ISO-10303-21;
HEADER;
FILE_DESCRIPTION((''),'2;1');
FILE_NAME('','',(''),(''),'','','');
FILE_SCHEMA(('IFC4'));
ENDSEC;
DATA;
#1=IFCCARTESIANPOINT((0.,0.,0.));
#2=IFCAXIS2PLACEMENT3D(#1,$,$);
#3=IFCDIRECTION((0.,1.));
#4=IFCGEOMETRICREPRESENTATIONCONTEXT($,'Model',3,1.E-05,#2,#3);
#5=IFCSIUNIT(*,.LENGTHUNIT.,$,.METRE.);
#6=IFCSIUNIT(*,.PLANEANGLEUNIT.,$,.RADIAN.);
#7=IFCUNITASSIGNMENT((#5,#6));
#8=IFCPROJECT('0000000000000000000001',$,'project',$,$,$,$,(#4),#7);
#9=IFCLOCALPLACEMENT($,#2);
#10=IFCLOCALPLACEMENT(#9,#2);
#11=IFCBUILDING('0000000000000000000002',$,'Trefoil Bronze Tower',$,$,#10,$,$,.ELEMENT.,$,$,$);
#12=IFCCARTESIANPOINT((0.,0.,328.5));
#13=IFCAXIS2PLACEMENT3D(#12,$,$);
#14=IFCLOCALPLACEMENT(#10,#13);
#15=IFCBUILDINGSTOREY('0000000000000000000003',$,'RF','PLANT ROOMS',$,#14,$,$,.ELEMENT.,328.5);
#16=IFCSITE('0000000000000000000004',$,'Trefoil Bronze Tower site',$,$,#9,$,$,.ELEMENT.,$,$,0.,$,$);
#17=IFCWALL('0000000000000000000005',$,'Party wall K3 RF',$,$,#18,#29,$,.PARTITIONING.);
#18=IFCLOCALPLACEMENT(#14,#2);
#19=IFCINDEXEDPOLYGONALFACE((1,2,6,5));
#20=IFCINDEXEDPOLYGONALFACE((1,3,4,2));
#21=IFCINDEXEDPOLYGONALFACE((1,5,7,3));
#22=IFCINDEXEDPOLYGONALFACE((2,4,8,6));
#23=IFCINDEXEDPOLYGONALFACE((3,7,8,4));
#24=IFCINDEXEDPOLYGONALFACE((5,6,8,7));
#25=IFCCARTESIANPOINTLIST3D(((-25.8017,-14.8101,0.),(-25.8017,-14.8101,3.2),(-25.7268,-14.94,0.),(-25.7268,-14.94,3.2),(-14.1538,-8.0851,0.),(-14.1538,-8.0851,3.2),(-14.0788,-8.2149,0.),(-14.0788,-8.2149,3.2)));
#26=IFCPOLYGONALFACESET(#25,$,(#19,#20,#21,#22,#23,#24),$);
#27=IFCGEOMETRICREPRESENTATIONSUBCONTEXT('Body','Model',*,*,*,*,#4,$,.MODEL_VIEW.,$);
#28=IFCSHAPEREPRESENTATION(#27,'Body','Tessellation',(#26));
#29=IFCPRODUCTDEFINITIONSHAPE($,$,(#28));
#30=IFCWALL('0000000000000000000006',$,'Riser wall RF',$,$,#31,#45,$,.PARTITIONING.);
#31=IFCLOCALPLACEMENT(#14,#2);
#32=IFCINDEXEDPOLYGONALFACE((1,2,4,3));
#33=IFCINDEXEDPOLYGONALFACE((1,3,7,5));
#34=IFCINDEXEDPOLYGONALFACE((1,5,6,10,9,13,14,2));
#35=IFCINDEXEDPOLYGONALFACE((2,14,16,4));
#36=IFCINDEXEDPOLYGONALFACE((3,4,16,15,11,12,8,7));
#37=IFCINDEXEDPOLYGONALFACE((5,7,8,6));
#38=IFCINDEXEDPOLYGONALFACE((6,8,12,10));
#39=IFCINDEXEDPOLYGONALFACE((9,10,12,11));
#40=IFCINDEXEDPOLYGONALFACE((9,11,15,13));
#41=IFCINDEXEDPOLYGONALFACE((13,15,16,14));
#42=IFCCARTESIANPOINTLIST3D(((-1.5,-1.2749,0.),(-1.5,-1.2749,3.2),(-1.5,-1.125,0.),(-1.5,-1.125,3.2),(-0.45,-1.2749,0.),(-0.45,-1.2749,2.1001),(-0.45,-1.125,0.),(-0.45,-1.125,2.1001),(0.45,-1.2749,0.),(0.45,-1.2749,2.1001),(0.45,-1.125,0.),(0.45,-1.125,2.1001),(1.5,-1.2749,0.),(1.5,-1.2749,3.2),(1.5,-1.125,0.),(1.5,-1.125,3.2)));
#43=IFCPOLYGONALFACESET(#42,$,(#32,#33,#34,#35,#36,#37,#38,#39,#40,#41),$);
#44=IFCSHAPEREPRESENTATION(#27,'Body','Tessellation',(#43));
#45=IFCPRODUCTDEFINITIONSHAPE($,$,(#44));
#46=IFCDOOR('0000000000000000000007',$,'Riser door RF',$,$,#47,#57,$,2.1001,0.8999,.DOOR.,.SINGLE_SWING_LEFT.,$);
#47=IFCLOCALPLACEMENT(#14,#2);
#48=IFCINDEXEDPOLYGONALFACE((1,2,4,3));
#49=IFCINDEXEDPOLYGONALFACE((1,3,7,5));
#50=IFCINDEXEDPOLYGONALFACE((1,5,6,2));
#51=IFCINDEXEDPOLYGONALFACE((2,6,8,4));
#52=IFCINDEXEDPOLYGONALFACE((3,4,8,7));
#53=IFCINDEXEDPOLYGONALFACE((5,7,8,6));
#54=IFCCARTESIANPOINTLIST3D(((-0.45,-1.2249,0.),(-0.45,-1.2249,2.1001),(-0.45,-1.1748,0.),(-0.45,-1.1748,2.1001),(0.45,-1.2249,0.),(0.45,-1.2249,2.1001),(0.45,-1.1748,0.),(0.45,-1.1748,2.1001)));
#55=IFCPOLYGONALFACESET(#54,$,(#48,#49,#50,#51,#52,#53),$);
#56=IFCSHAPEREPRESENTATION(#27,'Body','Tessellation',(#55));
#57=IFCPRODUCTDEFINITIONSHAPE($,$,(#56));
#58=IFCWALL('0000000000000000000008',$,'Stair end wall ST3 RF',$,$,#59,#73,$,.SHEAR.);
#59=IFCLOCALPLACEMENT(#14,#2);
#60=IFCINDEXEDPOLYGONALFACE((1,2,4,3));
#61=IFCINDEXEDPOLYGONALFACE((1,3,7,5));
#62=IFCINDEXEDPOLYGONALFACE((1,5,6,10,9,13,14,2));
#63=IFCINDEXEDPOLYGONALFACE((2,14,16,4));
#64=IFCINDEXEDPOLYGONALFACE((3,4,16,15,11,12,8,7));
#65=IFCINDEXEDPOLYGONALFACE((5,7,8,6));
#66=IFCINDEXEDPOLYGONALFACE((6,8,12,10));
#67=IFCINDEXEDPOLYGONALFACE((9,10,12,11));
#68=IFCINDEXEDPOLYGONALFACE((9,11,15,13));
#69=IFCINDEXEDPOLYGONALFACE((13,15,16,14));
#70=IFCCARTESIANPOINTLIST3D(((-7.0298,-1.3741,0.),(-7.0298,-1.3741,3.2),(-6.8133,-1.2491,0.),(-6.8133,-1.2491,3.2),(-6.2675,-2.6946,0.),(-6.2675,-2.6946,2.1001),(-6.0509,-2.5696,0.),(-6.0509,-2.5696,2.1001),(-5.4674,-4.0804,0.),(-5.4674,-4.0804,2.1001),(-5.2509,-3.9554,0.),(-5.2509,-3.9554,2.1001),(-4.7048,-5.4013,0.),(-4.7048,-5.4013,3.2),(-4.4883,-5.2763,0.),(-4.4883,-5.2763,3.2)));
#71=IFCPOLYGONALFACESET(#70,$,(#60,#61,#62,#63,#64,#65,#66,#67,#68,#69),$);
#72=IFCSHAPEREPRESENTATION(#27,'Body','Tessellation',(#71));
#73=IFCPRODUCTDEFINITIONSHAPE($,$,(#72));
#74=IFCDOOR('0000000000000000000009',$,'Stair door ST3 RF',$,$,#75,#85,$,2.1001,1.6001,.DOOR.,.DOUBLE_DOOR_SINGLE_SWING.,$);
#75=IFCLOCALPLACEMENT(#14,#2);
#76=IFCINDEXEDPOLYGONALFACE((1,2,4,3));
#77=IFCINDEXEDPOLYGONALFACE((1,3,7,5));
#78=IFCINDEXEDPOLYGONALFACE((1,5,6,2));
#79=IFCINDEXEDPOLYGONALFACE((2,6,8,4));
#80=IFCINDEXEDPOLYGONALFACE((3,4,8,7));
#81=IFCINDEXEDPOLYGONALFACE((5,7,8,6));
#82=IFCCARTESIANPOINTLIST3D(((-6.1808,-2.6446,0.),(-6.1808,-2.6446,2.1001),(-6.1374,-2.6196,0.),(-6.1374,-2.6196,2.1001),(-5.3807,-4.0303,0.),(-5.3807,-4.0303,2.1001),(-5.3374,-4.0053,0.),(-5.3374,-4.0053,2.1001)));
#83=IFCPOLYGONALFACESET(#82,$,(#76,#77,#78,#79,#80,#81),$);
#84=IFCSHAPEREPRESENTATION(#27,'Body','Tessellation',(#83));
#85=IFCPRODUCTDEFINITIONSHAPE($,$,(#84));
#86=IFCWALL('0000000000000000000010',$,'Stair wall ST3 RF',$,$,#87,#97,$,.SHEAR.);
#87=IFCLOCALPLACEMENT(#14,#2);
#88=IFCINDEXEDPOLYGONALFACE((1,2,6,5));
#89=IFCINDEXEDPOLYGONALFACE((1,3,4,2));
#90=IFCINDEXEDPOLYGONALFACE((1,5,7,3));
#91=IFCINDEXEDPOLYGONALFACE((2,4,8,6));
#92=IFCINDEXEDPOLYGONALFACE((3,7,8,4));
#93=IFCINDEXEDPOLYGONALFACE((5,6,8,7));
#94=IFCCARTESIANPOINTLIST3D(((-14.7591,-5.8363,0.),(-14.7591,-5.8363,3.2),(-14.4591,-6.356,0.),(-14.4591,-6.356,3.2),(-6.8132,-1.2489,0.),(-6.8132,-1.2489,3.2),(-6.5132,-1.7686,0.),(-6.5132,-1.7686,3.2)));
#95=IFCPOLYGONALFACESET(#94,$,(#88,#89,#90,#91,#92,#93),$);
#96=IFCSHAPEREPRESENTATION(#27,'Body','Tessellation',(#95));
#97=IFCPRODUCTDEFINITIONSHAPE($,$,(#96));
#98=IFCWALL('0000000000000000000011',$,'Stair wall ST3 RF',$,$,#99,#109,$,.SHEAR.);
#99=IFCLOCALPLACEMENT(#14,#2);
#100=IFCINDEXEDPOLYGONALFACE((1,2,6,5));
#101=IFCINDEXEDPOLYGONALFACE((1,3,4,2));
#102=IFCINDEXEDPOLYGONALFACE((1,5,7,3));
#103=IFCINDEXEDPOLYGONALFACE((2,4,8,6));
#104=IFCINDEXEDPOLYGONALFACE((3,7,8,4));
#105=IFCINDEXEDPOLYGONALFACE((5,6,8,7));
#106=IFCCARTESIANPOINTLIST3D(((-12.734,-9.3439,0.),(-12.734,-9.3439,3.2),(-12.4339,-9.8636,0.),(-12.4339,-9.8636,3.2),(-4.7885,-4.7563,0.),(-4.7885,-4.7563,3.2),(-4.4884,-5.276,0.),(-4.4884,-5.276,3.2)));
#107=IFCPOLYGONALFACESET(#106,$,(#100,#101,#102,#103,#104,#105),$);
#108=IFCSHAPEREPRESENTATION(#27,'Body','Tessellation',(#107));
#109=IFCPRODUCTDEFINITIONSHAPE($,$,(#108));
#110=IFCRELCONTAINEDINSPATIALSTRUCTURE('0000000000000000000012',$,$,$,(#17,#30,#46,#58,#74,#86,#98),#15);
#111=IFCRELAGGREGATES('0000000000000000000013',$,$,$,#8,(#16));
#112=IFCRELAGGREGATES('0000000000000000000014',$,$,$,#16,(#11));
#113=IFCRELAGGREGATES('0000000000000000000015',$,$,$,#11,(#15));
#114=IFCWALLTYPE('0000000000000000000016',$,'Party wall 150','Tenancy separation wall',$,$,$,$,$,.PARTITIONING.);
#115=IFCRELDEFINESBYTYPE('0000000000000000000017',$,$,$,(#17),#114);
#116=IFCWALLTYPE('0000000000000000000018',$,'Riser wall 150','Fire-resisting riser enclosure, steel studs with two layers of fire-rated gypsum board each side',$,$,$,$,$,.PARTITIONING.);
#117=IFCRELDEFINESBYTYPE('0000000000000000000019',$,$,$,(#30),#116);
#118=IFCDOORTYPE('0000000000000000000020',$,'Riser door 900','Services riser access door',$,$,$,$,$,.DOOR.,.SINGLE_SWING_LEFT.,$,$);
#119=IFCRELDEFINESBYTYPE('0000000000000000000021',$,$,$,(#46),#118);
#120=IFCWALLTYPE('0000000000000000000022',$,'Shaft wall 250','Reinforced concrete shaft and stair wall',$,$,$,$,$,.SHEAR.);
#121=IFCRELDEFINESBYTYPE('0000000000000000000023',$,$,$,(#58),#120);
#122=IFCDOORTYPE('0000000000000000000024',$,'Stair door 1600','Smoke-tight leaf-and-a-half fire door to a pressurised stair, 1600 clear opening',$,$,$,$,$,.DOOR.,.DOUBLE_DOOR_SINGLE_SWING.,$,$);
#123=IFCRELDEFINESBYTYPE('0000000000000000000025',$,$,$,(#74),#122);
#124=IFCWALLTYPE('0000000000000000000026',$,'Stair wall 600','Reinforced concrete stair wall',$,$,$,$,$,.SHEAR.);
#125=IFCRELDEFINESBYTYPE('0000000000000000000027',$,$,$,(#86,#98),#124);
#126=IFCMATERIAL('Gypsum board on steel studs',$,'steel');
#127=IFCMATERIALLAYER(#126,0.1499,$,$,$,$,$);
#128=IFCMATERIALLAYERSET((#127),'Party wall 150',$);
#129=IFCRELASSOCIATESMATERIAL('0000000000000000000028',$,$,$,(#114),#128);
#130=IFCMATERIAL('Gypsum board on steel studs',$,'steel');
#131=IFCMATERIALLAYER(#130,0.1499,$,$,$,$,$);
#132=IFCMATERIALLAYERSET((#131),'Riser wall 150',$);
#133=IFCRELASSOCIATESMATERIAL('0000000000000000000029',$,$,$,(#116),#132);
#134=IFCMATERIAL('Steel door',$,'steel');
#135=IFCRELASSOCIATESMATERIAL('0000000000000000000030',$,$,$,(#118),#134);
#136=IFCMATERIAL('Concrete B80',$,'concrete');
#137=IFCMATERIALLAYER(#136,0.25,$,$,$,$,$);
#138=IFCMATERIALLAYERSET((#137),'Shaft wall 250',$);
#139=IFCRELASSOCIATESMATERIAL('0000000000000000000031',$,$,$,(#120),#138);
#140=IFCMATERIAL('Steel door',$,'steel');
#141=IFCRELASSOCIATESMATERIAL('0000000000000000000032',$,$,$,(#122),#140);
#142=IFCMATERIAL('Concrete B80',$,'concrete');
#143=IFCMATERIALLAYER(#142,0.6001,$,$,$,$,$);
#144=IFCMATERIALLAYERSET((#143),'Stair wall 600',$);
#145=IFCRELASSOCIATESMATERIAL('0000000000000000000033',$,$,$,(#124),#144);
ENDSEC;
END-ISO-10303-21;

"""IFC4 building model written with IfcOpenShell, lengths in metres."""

from ifc_helpers import new_model, si_unit, direction, frame, frame_2d, origin, place, context, subcontext, project, spatial, rectangle, extrude, material, layer, layer_set, type_object, element, fill, save


model = new_model("IFC4")

# Units and contexts
model_context = context("Model", 3, precision=1e-05, world=origin(), true_north=direction((0.0, 1.0)))
body_context = subcontext(model_context, "Body", "Model", "MODEL_VIEW")
ifc_project = project(units=[si_unit("LENGTHUNIT", "METRE"), si_unit("PLANEANGLEUNIT", "RADIAN")], contexts=[model_context])

# Site, building, storey
site_placement = place(None, origin())
site = spatial("IfcSite", under=ifc_project, at=site_placement, Name="Trefoil Bronze Tower site", CompositionType="ELEMENT", RefElevation=0.0)
building_placement = place(site_placement, origin())
building = spatial("IfcBuilding", under=site, at=building_placement, Name="Trefoil Bronze Tower", CompositionType="ELEMENT")
storey_placement = place(building_placement, frame((0.0, 0.0, 328.5)))
storey = spatial("IfcBuildingStorey", under=building, at=storey_placement, Name="RF", Description="PLANT ROOMS", CompositionType="ELEMENT", Elevation=328.5)

# Wall
ifc_material_1 = material(Name="Gypsum board on steel studs", Category="steel")
ifc_layer_1 = layer(ifc_material_1, 0.1499)
ifc_layer_set_1 = layer_set([ifc_layer_1], Name="Party wall 150")
wall_type_1 = type_object("IfcWallType", Name="Party wall 150", Description="Tenancy separation wall", PredefinedType="PARTITIONING", material=ifc_layer_set_1)
wall_1_placement = place(storey_placement, frame((-14.1162, -8.1499, 0.0), z_axis=(0.0, 0.0, 1.0), x_axis=(-0.866021, -0.500008, 0.0)))
element("IfcWall", 1, at=wall_1_placement, inside=storey, type_object=wall_type_1, Name="Party wall K3 RF", PredefinedType="PARTITIONING", context=body_context, shape_type="SweptSolid", body=[
    extrude(rectangle(XDim=13.45, YDim=0.1499, at=frame_2d((6.7251, 0.0))), origin(), (0.0, 0.0, 1.0), 3.2),
])

# Walls, openings, doors
ifc_material_2 = material(Name="Gypsum board on steel studs", Category="steel")
ifc_layer_2 = layer(ifc_material_2, 0.1499)
ifc_layer_set_2 = layer_set([ifc_layer_2], Name="Riser wall 150")
wall_type_2 = type_object("IfcWallType", Name="Riser wall 150", Description="Fire-resisting riser enclosure, steel studs with two layers of fire-rated gypsum board each side", PredefinedType="PARTITIONING", material=ifc_layer_set_2)
wall_2_placement = place(storey_placement, frame((-1.5, -1.2, 0.0), z_axis=(0.0, 0.0, 1.0), x_axis=(1.0, 0.0, 0.0)))
wall_2 = element("IfcWall", 2, at=wall_2_placement, inside=storey, type_object=wall_type_2, Name="Riser wall RF", PredefinedType="PARTITIONING", context=body_context, shape_type="SweptSolid", body=[
    extrude(rectangle(XDim=3.0, YDim=0.1499, at=frame_2d((1.5, 0.0))), origin(), (0.0, 0.0, 1.0), 3.2),
])
opening_1_placement = place(wall_2_placement, frame((1.05, 0.0, 0.0)))
opening_1 = element("IfcOpeningElement", 3, at=opening_1_placement, cuts=wall_2, PredefinedType="OPENING", context=body_context, shape_type="SweptSolid", body=[
    extrude(rectangle(XDim=0.8999, YDim=2.1001, at=frame_2d((0.45, 1.05))), frame((0.0, 0.085, 0.0), z_axis=(0.0, -1.0, 0.0), x_axis=(1.0, 0.0, 0.0)), (0.0, 0.0, 1.0), 0.1699),
])
ifc_material_3 = material(Name="Steel door", Category="steel")
door_type_1 = type_object("IfcDoorType", Name="Riser door 900", Description="Services riser access door", OperationType="SINGLE_SWING_LEFT", PredefinedType="DOOR", material=ifc_material_3)
door_1_placement = place(opening_1_placement, frame((0.8999, 0.0, 0.0), z_axis=(0.0, 0.0, 1.0), x_axis=(-1.0, 0.0, 0.0)))
door_1 = element("IfcDoor", 4, at=door_1_placement, inside=storey, type_object=door_type_1, Name="Riser door RF", OperationType="SINGLE_SWING_LEFT", OverallHeight=2.1001, OverallWidth=0.8999, PredefinedType="DOOR", context=body_context, shape_type="SweptSolid", body=[
    extrude(rectangle(XDim=0.8999, YDim=2.1001, at=frame_2d((0.45, 1.05))), frame((0.0, 0.0249, 0.0), z_axis=(0.0, -1.0, 0.0), x_axis=(1.0, 0.0, 0.0)), (0.0, 0.0, 1.0), 0.05),
])
fill(opening_1, door_1)
ifc_material_4 = material(Name="Concrete B80", Category="concrete")
ifc_layer_3 = layer(ifc_material_4, 0.25)
ifc_layer_set_3 = layer_set([ifc_layer_3], Name="Shaft wall 250")
wall_type_3 = type_object("IfcWallType", Name="Shaft wall 250", Description="Reinforced concrete shaft and stair wall", PredefinedType="SHEAR", material=ifc_layer_set_3)
wall_3_placement = place(storey_placement, frame((-6.9216, -1.3115, 0.0), z_axis=(0.0, 0.0, 1.0), x_axis=(0.499985, -0.866034, 0.0)))
wall_3 = element("IfcWall", 5, at=wall_3_placement, inside=storey, type_object=wall_type_3, Name="Stair end wall ST3 RF", PredefinedType="SHEAR", context=body_context, shape_type="SweptSolid", body=[
    extrude(rectangle(XDim=4.6501, YDim=0.25, at=frame_2d((2.3252, 0.0))), origin(), (0.0, 0.0, 1.0), 3.2),
])
opening_2_placement = place(wall_3_placement, frame((1.5249, 0.0, 0.0)))
opening_2 = element("IfcOpeningElement", 6, at=opening_2_placement, cuts=wall_3, PredefinedType="OPENING", context=body_context, shape_type="SweptSolid", body=[
    extrude(rectangle(XDim=1.6001, YDim=2.1001, at=frame_2d((0.8, 1.05))), frame((0.0, 0.135, 0.0), z_axis=(0.0, -1.0, 0.0), x_axis=(1.0, 0.0, 0.0)), (0.0, 0.0, 1.0), 0.27),
])
ifc_material_5 = material(Name="Steel door", Category="steel")
door_type_2 = type_object("IfcDoorType", Name="Stair door 1600", Description="Smoke-tight leaf-and-a-half fire door to a pressurised stair, 1600 clear opening", OperationType="DOUBLE_DOOR_SINGLE_SWING", PredefinedType="DOOR", material=ifc_material_5)
door_2_placement = place(opening_2_placement, frame((1.6001, 0.0, 0.0), z_axis=(0.0, 0.0, 1.0), x_axis=(-1.0, 0.0, 0.0)))
door_2 = element("IfcDoor", 7, at=door_2_placement, inside=storey, type_object=door_type_2, Name="Stair door ST3 RF", OperationType="DOUBLE_DOOR_SINGLE_SWING", OverallHeight=2.1001, OverallWidth=1.6001, PredefinedType="DOOR", context=body_context, shape_type="SweptSolid", body=[
    extrude(rectangle(XDim=1.6001, YDim=2.1001, at=frame_2d((0.8, 1.05))), frame((0.0, 0.0249, 0.0), z_axis=(0.0, -1.0, 0.0), x_axis=(1.0, 0.0, 0.0)), (0.0, 0.0, 1.0), 0.05),
])
fill(opening_2, door_2)

# Walls
ifc_material_6 = material(Name="Concrete B80", Category="concrete")
ifc_layer_4 = layer(ifc_material_6, 0.6001)
ifc_layer_set_4 = layer_set([ifc_layer_4], Name="Stair wall 600")
wall_type_4 = type_object("IfcWallType", Name="Stair wall 600", Description="Reinforced concrete stair wall", PredefinedType="SHEAR", material=ifc_layer_set_4)
wall_4_placement = place(storey_placement, frame((-6.6633, -1.5088, 0.0), z_axis=(0.0, 0.0, 1.0), x_axis=(-0.86603, -0.499991, 0.0)))
element("IfcWall", 8, at=wall_4_placement, inside=storey, type_object=wall_type_4, Name="Stair wall ST3 RF", PredefinedType="SHEAR", context=body_context, shape_type="SweptSolid", body=[
    extrude(rectangle(XDim=9.175, YDim=0.6001, at=frame_2d((4.5874, 0.0))), origin(), (0.0, 0.0, 1.0), 3.2),
])
wall_5_placement = place(storey_placement, frame((-4.6384, -5.0161, 0.0), z_axis=(0.0, 0.0, 1.0), x_axis=(-0.866012, -0.500023, 0.0)))
element("IfcWall", 9, at=wall_5_placement, inside=storey, type_object=wall_type_4, Name="Stair wall ST3 RF", PredefinedType="SHEAR", context=body_context, shape_type="SweptSolid", body=[
    extrude(rectangle(XDim=9.1748, YDim=0.6001, at=frame_2d((4.5874, 0.0))), origin(), (0.0, 0.0, 1.0), 3.2),
])

save(model, "model.ifc")
